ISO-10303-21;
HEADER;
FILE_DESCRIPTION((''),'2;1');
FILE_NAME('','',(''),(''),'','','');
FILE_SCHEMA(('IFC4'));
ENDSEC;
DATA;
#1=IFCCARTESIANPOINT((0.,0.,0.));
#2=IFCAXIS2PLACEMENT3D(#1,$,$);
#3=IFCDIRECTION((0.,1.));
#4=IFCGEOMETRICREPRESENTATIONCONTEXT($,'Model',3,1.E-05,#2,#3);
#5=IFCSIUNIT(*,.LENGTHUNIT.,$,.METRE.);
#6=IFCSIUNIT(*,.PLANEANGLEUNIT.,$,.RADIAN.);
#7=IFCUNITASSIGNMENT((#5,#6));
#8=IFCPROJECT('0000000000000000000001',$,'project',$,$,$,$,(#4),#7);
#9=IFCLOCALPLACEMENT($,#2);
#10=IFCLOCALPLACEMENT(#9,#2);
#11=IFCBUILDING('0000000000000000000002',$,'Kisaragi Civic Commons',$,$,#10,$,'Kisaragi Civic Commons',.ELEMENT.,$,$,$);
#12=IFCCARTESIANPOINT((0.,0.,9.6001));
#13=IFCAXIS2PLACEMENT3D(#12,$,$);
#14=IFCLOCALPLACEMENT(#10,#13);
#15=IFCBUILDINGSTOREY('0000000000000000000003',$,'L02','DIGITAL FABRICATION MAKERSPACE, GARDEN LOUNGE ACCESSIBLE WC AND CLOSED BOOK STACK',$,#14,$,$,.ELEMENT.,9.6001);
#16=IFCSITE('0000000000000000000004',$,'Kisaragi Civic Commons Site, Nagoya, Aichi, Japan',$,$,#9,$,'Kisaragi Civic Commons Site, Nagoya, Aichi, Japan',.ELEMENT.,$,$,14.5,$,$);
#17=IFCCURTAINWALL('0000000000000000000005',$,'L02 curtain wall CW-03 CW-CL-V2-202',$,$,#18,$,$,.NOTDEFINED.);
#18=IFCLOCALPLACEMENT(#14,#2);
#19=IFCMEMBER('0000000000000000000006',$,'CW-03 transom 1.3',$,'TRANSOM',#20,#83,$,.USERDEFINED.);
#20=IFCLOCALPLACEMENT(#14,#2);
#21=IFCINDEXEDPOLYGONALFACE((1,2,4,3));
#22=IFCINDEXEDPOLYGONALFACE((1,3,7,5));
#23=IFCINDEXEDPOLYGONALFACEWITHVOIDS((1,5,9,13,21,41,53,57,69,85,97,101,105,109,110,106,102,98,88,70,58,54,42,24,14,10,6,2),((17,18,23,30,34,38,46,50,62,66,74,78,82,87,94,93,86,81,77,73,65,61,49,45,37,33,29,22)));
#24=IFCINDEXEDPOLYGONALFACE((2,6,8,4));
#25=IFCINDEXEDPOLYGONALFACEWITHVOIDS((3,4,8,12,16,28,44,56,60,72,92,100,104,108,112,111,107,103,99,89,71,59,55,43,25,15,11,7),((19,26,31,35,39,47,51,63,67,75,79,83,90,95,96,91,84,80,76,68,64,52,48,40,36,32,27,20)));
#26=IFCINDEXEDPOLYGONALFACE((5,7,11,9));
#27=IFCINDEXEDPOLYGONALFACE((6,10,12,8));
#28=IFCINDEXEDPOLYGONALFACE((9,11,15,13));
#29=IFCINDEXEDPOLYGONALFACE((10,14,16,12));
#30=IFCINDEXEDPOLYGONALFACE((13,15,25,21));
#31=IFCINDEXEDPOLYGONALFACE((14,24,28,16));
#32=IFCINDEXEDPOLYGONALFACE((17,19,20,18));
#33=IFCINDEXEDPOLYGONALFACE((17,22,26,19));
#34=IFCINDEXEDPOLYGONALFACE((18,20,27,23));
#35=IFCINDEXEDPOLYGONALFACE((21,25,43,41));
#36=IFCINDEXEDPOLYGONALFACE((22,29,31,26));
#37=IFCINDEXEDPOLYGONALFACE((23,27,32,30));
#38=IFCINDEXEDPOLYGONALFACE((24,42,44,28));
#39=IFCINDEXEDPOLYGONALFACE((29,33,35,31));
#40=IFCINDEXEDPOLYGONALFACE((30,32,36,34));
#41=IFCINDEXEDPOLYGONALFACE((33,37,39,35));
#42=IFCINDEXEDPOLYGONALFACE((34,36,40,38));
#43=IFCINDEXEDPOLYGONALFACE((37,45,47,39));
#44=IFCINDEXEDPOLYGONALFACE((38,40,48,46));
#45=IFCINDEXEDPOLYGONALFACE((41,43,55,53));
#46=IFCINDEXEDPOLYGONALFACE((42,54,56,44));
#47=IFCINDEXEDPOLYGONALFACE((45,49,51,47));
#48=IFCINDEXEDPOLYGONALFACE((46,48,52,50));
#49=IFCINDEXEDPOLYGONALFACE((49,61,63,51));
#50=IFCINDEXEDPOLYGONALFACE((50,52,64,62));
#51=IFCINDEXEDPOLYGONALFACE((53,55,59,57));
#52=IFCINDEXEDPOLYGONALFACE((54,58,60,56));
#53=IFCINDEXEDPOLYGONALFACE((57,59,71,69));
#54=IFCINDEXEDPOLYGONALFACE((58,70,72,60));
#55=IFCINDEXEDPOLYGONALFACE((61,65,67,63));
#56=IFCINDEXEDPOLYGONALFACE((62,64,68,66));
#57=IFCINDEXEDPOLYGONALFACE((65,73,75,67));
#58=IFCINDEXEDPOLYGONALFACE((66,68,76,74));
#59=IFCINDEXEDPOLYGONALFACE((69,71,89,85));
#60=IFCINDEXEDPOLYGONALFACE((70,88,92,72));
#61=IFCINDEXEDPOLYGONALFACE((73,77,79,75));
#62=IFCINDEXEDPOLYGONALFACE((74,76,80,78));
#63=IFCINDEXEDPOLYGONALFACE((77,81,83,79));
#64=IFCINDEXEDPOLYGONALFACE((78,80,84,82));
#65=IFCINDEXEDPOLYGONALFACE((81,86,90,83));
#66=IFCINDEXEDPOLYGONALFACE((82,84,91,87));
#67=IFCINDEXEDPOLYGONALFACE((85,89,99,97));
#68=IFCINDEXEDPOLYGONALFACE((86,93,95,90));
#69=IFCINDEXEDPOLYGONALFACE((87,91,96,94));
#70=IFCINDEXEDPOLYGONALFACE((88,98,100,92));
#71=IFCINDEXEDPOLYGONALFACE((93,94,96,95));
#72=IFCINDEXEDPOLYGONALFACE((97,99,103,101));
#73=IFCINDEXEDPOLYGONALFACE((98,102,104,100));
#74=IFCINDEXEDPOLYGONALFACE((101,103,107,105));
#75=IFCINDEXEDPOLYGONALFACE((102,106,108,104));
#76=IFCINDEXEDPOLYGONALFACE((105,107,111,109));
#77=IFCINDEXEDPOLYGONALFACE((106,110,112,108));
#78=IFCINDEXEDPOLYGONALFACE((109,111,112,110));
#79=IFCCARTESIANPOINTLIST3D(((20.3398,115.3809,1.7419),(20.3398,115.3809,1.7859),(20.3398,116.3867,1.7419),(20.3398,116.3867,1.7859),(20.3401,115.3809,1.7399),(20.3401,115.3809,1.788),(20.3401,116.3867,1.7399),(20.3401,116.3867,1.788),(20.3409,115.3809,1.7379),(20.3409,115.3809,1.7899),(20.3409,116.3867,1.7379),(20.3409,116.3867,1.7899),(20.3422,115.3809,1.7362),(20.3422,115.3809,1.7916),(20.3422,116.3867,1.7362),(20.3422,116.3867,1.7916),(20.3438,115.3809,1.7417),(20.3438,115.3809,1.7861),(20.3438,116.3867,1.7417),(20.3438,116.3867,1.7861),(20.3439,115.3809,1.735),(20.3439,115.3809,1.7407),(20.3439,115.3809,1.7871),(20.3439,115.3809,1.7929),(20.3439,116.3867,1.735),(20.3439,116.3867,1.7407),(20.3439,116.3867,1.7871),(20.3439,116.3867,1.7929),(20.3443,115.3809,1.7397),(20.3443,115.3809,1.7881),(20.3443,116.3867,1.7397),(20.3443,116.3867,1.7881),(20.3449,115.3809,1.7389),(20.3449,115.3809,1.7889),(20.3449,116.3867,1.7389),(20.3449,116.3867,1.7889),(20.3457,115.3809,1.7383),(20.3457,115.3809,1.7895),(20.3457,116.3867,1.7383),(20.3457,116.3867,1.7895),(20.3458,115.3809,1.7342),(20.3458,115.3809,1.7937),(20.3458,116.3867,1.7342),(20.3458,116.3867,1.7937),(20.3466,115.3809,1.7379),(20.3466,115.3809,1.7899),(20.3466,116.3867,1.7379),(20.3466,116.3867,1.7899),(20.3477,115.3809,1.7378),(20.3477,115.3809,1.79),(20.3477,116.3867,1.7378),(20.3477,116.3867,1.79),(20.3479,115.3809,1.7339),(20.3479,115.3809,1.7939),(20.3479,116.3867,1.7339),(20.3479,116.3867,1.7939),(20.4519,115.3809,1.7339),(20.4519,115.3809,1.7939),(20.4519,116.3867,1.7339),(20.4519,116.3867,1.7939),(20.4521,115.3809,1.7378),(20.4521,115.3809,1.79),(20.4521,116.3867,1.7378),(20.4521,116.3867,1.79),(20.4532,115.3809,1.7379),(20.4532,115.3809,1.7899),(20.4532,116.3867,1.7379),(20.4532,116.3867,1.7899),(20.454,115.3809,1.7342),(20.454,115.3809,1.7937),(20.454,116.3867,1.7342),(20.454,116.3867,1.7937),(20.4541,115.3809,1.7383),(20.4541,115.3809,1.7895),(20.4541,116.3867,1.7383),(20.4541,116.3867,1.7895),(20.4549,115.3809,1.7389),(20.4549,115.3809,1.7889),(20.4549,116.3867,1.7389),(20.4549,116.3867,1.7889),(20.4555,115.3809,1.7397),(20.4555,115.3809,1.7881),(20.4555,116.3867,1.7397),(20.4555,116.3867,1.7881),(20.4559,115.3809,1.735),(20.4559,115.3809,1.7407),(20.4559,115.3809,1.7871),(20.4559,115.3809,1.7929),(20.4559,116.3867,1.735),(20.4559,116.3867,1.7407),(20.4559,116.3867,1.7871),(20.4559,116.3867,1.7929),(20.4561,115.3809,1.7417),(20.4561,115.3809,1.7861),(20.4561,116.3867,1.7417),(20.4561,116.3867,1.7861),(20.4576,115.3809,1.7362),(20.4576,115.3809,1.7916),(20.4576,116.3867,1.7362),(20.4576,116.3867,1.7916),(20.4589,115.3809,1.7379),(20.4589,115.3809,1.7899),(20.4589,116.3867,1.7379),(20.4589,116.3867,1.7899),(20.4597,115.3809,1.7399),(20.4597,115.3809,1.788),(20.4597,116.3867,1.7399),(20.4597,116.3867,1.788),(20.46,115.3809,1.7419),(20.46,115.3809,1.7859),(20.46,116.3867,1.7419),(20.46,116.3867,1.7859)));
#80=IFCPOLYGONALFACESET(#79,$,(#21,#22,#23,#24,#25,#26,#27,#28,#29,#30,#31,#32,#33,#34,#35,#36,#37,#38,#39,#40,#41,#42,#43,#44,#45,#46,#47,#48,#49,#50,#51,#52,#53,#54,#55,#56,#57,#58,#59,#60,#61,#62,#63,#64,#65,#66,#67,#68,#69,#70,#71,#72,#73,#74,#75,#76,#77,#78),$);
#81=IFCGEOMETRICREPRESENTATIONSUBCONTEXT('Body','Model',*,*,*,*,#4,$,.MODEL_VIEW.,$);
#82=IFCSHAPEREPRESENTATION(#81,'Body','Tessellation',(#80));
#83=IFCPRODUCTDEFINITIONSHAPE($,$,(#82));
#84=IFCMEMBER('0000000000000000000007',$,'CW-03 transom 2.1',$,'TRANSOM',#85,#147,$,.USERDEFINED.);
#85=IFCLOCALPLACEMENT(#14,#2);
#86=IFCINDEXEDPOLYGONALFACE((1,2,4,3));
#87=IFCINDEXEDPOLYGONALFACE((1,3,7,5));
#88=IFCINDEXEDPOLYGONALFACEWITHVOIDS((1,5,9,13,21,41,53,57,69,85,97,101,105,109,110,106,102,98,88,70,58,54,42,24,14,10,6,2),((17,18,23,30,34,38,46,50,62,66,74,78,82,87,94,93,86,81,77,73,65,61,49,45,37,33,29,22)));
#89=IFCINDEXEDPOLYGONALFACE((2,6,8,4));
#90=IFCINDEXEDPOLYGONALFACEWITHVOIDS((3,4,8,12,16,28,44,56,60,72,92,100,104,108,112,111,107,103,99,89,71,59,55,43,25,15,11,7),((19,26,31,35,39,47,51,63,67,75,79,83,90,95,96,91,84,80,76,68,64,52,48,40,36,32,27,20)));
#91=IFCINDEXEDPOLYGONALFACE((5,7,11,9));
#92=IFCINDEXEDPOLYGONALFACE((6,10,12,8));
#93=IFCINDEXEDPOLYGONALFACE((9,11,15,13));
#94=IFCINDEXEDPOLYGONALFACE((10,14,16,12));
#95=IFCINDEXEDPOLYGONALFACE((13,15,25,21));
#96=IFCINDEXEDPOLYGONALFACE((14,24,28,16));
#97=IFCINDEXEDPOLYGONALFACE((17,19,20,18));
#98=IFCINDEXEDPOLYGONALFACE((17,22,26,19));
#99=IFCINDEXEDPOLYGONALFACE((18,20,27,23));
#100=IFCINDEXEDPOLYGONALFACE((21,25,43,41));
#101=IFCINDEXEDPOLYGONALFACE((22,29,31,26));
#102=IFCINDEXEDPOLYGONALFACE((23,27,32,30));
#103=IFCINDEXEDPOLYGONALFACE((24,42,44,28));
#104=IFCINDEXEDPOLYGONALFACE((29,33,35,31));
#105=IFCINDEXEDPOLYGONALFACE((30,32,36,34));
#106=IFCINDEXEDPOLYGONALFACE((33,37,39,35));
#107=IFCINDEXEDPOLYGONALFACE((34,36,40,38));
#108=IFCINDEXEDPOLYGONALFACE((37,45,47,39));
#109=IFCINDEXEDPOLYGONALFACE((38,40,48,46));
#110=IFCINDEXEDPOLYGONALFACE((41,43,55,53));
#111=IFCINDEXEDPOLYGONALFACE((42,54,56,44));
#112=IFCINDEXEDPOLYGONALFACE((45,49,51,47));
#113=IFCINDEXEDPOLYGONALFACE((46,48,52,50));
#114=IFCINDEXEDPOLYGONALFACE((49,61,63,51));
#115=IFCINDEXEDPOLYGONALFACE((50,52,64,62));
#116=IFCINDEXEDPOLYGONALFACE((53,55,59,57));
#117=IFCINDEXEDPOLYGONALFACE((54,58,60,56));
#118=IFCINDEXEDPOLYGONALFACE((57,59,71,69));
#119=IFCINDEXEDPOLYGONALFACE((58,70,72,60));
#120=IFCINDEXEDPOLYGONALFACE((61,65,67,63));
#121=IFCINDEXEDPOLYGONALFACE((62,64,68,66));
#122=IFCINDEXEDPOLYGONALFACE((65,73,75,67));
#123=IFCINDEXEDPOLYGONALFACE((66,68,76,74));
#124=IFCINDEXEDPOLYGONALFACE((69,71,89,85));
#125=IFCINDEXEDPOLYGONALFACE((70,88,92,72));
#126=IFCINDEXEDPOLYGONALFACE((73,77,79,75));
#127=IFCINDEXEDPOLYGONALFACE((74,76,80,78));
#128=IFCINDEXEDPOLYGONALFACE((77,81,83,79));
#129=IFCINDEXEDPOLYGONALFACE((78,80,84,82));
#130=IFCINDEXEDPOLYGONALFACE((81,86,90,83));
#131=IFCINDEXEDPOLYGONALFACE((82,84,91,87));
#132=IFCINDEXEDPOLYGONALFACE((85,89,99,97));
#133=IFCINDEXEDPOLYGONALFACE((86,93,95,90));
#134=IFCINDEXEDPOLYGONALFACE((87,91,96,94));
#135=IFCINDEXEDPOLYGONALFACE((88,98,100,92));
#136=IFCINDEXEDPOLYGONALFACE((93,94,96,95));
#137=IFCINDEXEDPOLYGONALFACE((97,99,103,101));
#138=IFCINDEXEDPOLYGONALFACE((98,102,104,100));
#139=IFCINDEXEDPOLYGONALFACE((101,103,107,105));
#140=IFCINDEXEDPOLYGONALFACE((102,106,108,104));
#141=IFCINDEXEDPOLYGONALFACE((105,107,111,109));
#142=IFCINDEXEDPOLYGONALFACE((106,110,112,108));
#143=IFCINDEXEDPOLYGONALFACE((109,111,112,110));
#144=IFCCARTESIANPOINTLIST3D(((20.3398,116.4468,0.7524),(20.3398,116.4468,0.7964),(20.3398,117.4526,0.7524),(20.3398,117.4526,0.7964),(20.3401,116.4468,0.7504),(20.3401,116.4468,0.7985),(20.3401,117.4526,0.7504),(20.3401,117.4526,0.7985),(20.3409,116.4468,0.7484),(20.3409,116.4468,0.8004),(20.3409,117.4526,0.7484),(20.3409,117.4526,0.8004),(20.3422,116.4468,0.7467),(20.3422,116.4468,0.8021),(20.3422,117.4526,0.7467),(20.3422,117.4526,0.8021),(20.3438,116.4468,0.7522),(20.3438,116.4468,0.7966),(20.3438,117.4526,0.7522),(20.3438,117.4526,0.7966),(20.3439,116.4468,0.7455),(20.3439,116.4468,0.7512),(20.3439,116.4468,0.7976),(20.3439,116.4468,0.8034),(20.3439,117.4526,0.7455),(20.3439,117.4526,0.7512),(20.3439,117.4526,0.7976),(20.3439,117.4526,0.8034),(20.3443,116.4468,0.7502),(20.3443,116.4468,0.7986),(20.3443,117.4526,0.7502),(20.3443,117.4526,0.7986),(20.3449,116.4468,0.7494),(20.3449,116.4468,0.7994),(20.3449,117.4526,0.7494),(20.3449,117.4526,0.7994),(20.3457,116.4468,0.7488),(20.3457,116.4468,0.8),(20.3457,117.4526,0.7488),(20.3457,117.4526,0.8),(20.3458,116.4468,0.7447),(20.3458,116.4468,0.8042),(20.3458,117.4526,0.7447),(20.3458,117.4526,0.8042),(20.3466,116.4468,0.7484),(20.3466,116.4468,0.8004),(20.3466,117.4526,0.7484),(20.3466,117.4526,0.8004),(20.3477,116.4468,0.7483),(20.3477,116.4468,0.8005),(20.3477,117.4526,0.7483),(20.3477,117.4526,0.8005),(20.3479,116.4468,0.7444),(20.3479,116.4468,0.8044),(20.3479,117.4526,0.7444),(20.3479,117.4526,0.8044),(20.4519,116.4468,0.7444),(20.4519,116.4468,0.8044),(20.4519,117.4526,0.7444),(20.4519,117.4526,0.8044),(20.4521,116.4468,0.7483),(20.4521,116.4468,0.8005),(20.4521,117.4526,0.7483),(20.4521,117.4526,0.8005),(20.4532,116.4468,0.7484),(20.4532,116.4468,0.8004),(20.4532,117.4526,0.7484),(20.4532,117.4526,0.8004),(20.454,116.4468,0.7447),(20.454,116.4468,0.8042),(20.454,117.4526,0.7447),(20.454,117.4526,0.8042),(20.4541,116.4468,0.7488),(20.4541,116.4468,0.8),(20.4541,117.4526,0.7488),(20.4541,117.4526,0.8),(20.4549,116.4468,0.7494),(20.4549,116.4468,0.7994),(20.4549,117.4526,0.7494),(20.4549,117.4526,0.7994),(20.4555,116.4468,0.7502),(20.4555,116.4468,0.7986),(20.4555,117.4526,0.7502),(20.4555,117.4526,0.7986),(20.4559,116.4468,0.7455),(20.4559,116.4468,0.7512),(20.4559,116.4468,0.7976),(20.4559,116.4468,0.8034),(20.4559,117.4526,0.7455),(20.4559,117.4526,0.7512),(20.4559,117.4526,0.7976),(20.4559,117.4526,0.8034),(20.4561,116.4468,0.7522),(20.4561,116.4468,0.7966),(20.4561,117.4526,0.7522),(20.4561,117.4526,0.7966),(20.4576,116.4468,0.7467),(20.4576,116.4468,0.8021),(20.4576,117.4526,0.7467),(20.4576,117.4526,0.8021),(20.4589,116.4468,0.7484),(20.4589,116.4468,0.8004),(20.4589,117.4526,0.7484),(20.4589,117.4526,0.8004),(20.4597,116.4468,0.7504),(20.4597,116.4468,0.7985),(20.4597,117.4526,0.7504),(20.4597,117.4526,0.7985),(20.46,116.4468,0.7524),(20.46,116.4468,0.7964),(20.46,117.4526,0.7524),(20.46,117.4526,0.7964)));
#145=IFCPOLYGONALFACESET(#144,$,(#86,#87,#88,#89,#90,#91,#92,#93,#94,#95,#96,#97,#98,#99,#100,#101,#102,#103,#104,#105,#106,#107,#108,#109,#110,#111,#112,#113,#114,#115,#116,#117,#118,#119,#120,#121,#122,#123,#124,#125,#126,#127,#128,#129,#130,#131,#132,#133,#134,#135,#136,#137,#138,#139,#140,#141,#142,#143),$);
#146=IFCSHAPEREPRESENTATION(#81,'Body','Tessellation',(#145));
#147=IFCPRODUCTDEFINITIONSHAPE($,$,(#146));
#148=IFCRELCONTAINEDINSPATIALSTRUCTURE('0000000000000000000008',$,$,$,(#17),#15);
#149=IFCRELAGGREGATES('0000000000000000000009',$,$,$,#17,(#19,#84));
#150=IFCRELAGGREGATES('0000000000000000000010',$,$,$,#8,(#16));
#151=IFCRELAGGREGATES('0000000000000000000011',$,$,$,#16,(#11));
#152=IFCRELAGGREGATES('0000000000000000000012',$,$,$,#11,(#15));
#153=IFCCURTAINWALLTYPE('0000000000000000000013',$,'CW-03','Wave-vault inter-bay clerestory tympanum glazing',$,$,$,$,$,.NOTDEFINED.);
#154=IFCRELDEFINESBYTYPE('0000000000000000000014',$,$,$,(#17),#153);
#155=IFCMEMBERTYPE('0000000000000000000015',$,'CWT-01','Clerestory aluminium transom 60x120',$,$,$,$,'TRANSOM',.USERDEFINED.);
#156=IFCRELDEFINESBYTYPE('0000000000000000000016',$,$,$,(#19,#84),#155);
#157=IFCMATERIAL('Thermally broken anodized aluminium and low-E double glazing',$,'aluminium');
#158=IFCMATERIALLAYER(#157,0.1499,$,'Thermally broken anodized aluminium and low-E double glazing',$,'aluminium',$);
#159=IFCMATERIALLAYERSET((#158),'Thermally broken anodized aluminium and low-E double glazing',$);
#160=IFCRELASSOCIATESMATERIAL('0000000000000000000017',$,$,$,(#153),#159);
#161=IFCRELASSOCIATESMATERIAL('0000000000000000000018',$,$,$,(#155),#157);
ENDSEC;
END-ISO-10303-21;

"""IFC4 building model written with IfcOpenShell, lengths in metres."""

from ifc_helpers import new_model, si_unit, direction, frame, origin, origin_2d, place, context, subcontext, project, spatial, hollow_rectangle, extrude, material, layer, layer_set, material_profile, profile_set, type_object, element, aggregate, save


model = new_model("IFC4")

# Units and contexts
model_context = context("Model", 3, precision=1e-05, world=origin(), true_north=direction((0.0, 1.0)))
body_context = subcontext(model_context, "Body", "Model", "MODEL_VIEW")
ifc_project = project(units=[si_unit("LENGTHUNIT", "METRE"), si_unit("PLANEANGLEUNIT", "RADIAN")], contexts=[model_context])

# Site, building, storey
site_placement = place(None, origin())
site = spatial("IfcSite", under=ifc_project, at=site_placement, Name="Kisaragi Civic Commons Site, Nagoya, Aichi, Japan", LongName="Kisaragi Civic Commons Site, Nagoya, Aichi, Japan", CompositionType="ELEMENT", RefElevation=14.5)
building_placement = place(site_placement, origin())
building = spatial("IfcBuilding", under=site, at=building_placement, Name="Kisaragi Civic Commons", LongName="Kisaragi Civic Commons", CompositionType="ELEMENT")
storey_placement = place(building_placement, frame((0.0, 0.0, 9.6001)))
storey = spatial("IfcBuildingStorey", under=building, at=storey_placement, Name="L02", Description="DIGITAL FABRICATION MAKERSPACE, GARDEN LOUNGE ACCESSIBLE WC AND CLOSED BOOK STACK", CompositionType="ELEMENT", Elevation=9.6001)

# Shared definitions
ifc_material_1 = material(Name="Thermally broken anodized aluminium and low-E double glazing", Category="aluminium")
ifc_layer_1 = layer(ifc_material_1, 0.1499, Name="Thermally broken anodized aluminium and low-E double glazing", Category="aluminium")
ifc_layer_set_1 = layer_set([ifc_layer_1], Name="Thermally broken anodized aluminium and low-E double glazing")
curtain_wall_type = type_object("IfcCurtainWallType", Name="CW-03", Description="Wave-vault inter-bay clerestory tympanum glazing", PredefinedType="NOTDEFINED", material=ifc_layer_set_1)

# Curtain wall, members
curtain_wall_1_placement = place(storey_placement, origin())
curtain_wall_1 = element("IfcCurtainWall", 1, at=curtain_wall_1_placement, inside=storey, type_object=curtain_wall_type, Name="L02 curtain wall CW-03 CW-CL-V2-202", PredefinedType="NOTDEFINED")
ifc_material_profile_1 = material_profile(ifc_material_1, hollow_rectangle(XDim=0.1201, YDim=0.0601, WallThickness=0.0039, InnerFilletRadius=0.0039, OuterFilletRadius=0.0081, at=origin_2d()), Name="CWT-60x120x4", Category="aluminium")
ifc_profile_set_1 = profile_set([ifc_material_profile_1], Name="Thermally broken anodized aluminium and low-E double glazing")
member_type_1 = type_object("IfcMemberType", Name="CWT-01", Description="Clerestory aluminium transom 60x120", ElementType="TRANSOM", PredefinedType="USERDEFINED", material=ifc_profile_set_1)
member_1_placement = place(storey_placement, frame((20.3999, 115.3809, 1.7639), z_axis=(0.0, 1.0, 0.0), x_axis=(-1.0, 0.0, 0.0)))
member_1 = element("IfcMember", 2, at=member_1_placement, type_object=member_type_1, Name="CW-03 transom 1.3", ObjectType="TRANSOM", PredefinedType="USERDEFINED", context=body_context, shape_type="SweptSolid", body=[
    extrude(hollow_rectangle(XDim=0.1201, YDim=0.0601, WallThickness=0.0039, InnerFilletRadius=0.0039, OuterFilletRadius=0.0081, at=origin_2d()), origin(), (0.0, 0.0, 1.0), 1.0059),
])
member_2_placement = place(storey_placement, frame((20.3999, 116.4468, 0.7744), z_axis=(0.0, 1.0, 0.0), x_axis=(-1.0, 0.0, 0.0)))
member_2 = element("IfcMember", 3, at=member_2_placement, type_object=member_type_1, Name="CW-03 transom 2.1", ObjectType="TRANSOM", PredefinedType="USERDEFINED", context=body_context, shape_type="SweptSolid", body=[
    extrude(hollow_rectangle(XDim=0.1201, YDim=0.0601, WallThickness=0.0039, InnerFilletRadius=0.0039, OuterFilletRadius=0.0081, at=origin_2d()), origin(), (0.0, 0.0, 1.0), 1.0059),
])

aggregate(curtain_wall_1, [member_1, member_2])

save(model, "model.ifc")
